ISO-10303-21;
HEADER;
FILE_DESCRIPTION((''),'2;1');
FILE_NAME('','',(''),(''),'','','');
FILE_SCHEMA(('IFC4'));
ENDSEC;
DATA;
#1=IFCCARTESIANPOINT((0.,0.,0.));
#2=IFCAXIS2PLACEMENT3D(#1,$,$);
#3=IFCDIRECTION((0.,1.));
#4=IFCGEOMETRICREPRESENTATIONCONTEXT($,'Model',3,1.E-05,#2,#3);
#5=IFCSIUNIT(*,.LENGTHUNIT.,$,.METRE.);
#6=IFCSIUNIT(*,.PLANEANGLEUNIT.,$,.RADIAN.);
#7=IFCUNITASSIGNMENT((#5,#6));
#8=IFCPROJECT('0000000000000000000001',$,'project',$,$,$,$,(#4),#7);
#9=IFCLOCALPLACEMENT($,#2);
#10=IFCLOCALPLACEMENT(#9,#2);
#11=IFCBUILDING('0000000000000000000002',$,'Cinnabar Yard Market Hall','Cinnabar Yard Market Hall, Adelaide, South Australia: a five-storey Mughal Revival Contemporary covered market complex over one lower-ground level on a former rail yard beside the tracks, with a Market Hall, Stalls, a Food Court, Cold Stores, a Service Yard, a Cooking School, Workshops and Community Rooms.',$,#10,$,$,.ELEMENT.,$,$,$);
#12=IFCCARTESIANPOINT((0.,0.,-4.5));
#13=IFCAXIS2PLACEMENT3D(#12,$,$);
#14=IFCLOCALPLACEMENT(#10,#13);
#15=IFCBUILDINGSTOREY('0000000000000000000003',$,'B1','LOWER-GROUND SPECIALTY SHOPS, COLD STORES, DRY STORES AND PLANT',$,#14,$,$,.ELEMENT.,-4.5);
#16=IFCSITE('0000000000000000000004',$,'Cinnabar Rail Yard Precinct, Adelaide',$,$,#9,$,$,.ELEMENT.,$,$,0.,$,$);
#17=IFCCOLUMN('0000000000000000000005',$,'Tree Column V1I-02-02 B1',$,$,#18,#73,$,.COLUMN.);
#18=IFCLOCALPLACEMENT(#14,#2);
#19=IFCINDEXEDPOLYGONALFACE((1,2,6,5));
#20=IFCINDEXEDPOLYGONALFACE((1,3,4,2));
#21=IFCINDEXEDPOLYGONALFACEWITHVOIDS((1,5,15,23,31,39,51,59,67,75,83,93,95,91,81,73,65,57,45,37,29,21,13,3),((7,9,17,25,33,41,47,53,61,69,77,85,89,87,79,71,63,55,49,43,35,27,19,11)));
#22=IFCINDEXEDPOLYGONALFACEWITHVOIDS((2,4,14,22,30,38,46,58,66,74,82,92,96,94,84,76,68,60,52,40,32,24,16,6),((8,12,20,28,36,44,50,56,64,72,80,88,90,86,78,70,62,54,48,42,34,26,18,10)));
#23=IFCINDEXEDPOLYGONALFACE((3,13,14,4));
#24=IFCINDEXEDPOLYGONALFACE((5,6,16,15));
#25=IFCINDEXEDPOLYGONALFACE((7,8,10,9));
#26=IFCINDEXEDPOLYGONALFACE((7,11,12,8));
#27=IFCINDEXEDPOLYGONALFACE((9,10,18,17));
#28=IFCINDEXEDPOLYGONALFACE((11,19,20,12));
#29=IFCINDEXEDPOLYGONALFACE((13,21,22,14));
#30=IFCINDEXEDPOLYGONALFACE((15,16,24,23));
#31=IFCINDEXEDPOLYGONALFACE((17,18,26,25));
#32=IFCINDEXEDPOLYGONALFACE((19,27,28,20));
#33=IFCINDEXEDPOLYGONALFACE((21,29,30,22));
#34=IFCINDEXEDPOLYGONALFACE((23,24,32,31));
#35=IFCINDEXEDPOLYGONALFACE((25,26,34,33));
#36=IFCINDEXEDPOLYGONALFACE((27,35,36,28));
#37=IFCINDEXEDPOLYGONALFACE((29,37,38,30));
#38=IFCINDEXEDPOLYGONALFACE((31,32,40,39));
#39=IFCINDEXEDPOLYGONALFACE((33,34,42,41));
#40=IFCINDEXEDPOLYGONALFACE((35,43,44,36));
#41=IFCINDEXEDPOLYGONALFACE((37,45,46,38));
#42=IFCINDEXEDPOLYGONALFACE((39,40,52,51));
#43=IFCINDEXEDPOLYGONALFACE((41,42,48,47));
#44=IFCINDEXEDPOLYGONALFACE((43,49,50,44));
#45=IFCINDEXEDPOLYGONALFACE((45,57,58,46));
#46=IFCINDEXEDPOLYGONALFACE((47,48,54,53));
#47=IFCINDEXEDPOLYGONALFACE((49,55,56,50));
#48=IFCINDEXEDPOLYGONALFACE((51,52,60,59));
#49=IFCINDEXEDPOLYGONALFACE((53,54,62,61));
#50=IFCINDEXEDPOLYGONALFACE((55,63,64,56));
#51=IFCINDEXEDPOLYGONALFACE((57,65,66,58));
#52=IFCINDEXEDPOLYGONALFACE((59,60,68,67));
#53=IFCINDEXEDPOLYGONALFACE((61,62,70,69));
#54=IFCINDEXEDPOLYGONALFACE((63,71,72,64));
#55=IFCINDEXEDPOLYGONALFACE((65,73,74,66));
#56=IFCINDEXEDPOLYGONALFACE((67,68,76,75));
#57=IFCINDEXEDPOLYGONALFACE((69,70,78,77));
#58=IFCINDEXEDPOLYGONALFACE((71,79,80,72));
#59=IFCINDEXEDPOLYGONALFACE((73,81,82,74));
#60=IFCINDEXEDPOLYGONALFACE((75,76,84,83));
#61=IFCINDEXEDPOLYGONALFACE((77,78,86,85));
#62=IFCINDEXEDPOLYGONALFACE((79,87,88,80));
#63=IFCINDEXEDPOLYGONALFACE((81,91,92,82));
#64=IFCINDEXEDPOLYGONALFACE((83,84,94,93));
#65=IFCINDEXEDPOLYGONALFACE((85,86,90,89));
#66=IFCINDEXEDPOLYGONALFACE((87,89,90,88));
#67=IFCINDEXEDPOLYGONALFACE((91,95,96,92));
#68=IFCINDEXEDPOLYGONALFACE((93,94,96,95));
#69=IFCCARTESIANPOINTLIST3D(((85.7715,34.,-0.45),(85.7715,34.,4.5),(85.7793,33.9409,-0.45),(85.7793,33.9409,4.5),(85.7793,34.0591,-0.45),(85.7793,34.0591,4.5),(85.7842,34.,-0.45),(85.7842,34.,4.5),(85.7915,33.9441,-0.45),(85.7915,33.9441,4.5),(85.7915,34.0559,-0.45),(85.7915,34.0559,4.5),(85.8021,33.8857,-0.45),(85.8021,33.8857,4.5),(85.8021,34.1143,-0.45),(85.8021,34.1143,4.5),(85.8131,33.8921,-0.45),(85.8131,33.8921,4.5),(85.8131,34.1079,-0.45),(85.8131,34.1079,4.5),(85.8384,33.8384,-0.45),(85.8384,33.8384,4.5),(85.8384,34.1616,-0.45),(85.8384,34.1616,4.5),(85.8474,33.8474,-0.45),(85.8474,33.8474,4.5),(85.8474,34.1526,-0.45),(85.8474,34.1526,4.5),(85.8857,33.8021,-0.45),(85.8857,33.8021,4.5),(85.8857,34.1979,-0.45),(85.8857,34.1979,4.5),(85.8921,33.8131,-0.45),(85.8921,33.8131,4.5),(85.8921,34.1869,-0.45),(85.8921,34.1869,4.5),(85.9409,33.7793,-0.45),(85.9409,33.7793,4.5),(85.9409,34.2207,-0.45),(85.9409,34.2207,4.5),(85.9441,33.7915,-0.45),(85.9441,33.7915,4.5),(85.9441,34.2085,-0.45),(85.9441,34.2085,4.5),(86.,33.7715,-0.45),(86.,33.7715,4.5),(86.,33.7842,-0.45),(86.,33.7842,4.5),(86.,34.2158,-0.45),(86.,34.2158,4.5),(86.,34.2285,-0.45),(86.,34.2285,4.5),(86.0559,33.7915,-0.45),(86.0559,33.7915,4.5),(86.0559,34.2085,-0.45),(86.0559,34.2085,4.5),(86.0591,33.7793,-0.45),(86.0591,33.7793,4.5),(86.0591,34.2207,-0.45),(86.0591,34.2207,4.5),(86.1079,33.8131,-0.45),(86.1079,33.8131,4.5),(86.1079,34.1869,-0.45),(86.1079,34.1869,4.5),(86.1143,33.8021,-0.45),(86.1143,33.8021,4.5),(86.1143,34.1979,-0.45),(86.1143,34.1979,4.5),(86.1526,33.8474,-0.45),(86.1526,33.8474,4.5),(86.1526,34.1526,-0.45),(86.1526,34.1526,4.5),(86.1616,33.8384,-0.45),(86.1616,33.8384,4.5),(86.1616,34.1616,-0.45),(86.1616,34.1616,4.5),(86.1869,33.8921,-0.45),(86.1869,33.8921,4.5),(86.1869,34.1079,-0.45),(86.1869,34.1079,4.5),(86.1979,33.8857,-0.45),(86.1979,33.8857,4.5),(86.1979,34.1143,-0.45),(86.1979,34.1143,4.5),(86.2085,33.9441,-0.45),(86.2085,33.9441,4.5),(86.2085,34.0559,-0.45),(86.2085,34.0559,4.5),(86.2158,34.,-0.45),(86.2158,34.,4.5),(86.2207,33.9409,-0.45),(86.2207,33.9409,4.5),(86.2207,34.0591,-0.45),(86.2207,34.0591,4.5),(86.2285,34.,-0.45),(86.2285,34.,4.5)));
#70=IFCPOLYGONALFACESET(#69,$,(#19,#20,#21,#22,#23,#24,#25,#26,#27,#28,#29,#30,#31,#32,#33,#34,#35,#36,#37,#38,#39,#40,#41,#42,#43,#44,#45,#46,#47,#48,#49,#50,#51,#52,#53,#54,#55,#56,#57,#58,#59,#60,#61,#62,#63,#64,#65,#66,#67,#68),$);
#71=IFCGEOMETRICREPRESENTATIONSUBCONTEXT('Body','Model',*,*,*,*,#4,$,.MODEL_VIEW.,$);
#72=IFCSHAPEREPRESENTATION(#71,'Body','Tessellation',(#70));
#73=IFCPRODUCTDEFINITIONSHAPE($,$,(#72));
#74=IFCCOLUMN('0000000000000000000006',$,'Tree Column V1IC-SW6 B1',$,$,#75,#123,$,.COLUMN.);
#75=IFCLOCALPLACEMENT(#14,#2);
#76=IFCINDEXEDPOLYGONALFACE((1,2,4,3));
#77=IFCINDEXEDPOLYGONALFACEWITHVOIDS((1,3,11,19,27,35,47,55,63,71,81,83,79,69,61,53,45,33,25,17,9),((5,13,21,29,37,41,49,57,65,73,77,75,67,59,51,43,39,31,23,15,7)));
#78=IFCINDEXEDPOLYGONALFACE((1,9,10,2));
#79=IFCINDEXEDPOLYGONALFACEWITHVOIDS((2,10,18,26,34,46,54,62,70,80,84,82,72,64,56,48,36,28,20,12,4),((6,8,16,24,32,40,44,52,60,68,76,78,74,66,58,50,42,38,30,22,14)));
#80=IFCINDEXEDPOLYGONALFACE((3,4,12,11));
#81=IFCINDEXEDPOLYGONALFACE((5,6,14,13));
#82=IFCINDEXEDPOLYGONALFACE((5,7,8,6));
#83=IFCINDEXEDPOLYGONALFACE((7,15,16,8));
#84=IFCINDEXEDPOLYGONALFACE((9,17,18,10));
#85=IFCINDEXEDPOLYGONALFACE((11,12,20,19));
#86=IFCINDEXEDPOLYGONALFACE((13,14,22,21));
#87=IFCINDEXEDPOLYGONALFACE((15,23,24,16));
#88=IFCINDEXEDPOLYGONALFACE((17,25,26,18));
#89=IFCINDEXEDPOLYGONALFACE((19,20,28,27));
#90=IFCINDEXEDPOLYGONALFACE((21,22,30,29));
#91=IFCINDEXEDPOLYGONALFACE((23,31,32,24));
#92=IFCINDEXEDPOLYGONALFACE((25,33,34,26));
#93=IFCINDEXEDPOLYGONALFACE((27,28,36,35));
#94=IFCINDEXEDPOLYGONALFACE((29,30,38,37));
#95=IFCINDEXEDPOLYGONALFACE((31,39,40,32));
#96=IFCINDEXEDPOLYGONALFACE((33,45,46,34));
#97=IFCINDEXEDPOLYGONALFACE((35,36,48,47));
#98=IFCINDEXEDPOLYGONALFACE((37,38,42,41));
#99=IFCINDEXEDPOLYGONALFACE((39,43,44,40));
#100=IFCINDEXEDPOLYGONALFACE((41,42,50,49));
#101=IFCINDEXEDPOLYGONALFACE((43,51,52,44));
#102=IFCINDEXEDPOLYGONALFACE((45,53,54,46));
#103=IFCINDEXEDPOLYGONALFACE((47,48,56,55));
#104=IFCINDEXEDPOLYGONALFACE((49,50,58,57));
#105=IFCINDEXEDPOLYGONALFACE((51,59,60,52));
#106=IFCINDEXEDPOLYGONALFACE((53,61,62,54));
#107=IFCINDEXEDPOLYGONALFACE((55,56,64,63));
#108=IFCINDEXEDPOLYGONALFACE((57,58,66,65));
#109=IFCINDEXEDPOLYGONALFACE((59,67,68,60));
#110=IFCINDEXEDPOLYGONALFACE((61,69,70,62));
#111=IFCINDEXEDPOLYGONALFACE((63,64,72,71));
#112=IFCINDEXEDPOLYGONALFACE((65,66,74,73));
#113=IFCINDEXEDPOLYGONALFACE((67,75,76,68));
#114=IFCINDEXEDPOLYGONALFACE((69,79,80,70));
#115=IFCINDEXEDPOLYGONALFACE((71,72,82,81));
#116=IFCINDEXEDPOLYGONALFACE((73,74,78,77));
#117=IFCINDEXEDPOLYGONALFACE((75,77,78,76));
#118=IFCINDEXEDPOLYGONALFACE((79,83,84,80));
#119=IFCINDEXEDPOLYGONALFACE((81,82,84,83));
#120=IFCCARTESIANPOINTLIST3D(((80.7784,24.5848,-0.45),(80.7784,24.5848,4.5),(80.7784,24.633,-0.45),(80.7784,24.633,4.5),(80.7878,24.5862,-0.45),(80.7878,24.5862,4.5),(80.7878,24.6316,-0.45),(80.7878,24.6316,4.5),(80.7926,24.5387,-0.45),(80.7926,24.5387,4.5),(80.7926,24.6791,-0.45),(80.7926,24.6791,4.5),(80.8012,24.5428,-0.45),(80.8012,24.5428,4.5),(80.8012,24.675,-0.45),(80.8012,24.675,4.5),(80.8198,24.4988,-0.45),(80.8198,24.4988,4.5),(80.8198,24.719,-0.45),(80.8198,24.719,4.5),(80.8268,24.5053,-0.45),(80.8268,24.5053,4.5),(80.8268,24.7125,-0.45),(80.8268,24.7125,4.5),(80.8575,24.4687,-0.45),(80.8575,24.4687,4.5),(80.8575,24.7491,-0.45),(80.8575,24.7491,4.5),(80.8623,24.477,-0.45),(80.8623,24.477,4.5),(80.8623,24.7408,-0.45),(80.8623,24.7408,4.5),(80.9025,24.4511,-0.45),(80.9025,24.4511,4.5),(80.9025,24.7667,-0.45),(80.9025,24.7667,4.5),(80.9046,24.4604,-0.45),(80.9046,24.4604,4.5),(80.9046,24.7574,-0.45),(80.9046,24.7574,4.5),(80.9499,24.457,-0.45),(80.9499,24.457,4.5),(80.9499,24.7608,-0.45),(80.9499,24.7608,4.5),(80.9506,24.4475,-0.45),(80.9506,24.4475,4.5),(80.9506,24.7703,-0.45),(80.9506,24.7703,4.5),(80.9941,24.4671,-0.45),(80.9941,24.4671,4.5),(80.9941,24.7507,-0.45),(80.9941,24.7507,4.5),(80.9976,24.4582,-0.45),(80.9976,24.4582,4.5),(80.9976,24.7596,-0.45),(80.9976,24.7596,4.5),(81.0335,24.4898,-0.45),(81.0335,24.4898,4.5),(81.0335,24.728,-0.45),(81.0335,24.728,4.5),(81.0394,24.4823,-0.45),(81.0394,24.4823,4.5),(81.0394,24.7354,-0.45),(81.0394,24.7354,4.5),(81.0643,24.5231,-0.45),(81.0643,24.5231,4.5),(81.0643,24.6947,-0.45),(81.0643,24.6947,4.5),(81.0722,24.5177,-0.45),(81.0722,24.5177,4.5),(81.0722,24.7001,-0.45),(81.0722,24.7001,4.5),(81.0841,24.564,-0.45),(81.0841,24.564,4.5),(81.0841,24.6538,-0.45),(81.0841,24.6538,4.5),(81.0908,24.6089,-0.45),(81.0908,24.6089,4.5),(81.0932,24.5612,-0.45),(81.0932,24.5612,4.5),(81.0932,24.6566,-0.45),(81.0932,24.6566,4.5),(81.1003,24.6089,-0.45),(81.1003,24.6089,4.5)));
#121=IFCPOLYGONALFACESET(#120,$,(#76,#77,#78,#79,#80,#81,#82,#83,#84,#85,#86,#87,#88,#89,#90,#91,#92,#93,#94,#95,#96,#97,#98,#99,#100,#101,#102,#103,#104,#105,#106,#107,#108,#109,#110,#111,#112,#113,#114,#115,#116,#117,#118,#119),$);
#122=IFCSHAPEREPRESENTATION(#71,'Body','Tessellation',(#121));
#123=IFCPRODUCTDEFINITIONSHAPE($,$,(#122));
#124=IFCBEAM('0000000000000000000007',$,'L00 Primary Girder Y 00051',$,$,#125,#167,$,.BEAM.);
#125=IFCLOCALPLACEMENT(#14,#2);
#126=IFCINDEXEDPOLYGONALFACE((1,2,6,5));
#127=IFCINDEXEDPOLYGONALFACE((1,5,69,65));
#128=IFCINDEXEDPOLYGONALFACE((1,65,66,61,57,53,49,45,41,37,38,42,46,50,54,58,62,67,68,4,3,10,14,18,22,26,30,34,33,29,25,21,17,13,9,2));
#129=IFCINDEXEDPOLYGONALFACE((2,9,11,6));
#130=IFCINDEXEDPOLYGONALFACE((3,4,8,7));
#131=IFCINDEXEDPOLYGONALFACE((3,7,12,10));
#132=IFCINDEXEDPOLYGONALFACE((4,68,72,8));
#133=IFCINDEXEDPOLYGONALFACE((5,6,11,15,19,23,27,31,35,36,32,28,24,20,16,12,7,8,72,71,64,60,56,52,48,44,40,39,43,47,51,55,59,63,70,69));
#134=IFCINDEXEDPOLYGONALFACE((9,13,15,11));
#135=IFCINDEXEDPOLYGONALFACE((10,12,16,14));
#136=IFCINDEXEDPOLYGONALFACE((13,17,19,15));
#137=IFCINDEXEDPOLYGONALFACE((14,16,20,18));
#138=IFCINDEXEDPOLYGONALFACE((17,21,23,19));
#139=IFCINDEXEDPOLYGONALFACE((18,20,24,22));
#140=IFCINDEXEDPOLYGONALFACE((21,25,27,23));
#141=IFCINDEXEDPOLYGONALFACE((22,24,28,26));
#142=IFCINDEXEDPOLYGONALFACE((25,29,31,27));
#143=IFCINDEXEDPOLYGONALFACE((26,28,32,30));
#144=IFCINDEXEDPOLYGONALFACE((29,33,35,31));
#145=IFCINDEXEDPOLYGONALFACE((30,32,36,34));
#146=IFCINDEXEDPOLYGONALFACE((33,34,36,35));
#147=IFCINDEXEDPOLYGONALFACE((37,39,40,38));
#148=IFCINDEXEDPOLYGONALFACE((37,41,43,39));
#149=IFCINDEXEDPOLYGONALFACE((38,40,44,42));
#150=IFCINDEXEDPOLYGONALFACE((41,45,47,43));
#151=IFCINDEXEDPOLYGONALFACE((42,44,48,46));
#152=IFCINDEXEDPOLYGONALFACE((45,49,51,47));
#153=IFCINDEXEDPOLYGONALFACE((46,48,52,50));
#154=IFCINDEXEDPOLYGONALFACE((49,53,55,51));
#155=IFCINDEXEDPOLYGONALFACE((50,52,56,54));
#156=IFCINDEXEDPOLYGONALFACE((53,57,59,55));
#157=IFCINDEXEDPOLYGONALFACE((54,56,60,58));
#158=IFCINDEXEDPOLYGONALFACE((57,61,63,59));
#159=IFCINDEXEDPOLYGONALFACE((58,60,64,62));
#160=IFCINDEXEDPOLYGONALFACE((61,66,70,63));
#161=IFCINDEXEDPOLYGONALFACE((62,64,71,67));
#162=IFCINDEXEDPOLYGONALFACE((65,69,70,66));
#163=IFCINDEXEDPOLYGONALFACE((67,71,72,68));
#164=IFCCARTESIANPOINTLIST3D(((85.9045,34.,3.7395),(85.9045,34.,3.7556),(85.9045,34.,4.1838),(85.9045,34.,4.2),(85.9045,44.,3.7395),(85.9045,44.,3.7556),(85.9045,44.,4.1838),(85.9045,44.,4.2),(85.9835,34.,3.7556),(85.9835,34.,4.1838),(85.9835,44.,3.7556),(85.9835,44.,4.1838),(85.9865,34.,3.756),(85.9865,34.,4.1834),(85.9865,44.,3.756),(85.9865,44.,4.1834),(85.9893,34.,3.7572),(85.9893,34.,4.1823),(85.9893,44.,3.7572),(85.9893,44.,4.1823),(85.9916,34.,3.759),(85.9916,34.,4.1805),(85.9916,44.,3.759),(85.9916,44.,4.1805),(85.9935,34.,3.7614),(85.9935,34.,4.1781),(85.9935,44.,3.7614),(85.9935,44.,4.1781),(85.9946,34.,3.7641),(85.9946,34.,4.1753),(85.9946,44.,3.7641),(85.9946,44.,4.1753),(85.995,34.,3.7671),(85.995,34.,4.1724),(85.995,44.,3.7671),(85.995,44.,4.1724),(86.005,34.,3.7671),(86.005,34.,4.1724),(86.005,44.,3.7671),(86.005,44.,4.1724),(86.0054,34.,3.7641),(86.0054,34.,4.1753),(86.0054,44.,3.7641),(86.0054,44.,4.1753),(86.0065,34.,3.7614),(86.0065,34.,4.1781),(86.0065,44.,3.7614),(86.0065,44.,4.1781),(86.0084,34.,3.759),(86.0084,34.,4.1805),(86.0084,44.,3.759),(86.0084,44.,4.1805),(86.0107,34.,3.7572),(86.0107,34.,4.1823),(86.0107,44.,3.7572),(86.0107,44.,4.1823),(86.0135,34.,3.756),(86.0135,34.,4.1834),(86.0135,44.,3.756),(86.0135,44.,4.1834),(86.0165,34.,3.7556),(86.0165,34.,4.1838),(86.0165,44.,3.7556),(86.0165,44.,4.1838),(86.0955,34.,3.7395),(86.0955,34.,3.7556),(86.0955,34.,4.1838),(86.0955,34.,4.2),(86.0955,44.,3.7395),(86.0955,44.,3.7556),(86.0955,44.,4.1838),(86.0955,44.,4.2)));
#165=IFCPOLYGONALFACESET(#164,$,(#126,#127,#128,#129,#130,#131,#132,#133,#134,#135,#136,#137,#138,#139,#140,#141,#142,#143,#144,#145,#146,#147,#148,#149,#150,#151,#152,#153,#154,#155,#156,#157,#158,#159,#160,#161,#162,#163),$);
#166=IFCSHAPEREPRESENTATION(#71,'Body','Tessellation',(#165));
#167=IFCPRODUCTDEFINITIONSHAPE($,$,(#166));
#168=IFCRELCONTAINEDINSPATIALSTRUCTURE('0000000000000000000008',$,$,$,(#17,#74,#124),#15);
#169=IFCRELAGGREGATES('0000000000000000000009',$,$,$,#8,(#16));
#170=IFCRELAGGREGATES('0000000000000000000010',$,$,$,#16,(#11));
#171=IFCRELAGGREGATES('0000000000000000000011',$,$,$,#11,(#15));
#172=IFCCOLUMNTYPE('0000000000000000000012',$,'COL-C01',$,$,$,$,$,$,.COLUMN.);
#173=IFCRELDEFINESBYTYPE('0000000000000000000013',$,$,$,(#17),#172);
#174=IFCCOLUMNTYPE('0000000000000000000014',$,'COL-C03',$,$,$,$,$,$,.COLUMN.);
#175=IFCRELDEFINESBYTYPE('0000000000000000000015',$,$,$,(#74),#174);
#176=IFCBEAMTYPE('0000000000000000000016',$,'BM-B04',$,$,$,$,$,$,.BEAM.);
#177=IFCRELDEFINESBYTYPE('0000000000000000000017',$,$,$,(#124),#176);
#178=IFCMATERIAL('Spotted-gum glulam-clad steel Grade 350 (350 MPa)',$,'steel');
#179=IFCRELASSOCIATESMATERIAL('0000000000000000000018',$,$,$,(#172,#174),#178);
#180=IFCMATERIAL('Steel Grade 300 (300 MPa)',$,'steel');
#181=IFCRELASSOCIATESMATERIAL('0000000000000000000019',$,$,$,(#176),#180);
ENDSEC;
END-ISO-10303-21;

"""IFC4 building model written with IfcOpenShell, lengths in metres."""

from ifc_helpers import new_model, si_unit, direction, frame, origin, origin_2d_with_axis, place, context, subcontext, project, spatial, hollow_circle, i_section, extrude, material, material_profile, profile_set, type_object, element, save


model = new_model("IFC4")

# Units and contexts
model_context = context("Model", 3, precision=1e-05, world=origin(), true_north=direction((0.0, 1.0)))
body_context = subcontext(model_context, "Body", "Model", "MODEL_VIEW")
ifc_project = project(units=[si_unit("LENGTHUNIT", "METRE"), si_unit("PLANEANGLEUNIT", "RADIAN")], contexts=[model_context])

# Site, building, storey
site_placement = place(None, origin())
site = spatial("IfcSite", under=ifc_project, at=site_placement, Name="Cinnabar Rail Yard Precinct, Adelaide", CompositionType="ELEMENT", RefElevation=0.0)
building_placement = place(site_placement, origin())
building = spatial("IfcBuilding", under=site, at=building_placement, Name="Cinnabar Yard Market Hall", Description="Cinnabar Yard Market Hall, Adelaide, South Australia: a five-storey Mughal Revival Contemporary covered market complex over one lower-ground level on a former rail yard beside the tracks, with a Market Hall, Stalls, a Food Court, Cold Stores, a Service Yard, a Cooking School, Workshops and Community Rooms.", CompositionType="ELEMENT")
storey_placement = place(building_placement, frame((0.0, 0.0, -4.5)))
storey = spatial("IfcBuildingStorey", under=building, at=storey_placement, Name="B1", Description="LOWER-GROUND SPECIALTY SHOPS, COLD STORES, DRY STORES AND PLANT", CompositionType="ELEMENT", Elevation=-4.5)

# Columns
ifc_material_1 = material(Name="Spotted-gum glulam-clad steel Grade 350 (350 MPa)", Category="steel")
ifc_material_profile_1 = material_profile(ifc_material_1, hollow_circle(Radius=0.2285, WallThickness=0.0127, at=origin_2d_with_axis()), Name="457.0x12.7CHS")
ifc_profile_set_1 = profile_set([ifc_material_profile_1], Name="Spotted-gum glulam-clad steel Grade 350 (350 MPa)")
column_type_1 = type_object("IfcColumnType", Name="COL-C01", PredefinedType="COLUMN", material=ifc_profile_set_1)
column_1_placement = place(storey_placement, frame((86.0, 34.0, -0.45), z_axis=(0.0, 0.0, 1.0), x_axis=(1.0, 0.0, 0.0)))
element("IfcColumn", 1, at=column_1_placement, inside=storey, type_object=column_type_1, Name="Tree Column V1I-02-02 B1", PredefinedType="COLUMN", context=body_context, shape_type="SweptSolid", body=[
    extrude(hollow_circle(Radius=0.2285, WallThickness=0.0127, at=origin_2d_with_axis()), origin(), (0.0, 0.0, 1.0), 4.95),
])
ifc_material_profile_2 = material_profile(ifc_material_1, hollow_circle(Radius=0.1619, WallThickness=0.0095, at=origin_2d_with_axis()), Name="323.9x9.5CHS")
ifc_profile_set_2 = profile_set([ifc_material_profile_2], Name="Spotted-gum glulam-clad steel Grade 350 (350 MPa)")
column_type_2 = type_object("IfcColumnType", Name="COL-C03", PredefinedType="COLUMN", material=ifc_profile_set_2)
column_2_placement = place(storey_placement, frame((80.9385, 24.6089, -0.45), z_axis=(0.0, 0.0, 1.0), x_axis=(1.0, 0.0, 0.0)))
element("IfcColumn", 2, at=column_2_placement, inside=storey, type_object=column_type_2, Name="Tree Column V1IC-SW6 B1", PredefinedType="COLUMN", context=body_context, shape_type="SweptSolid", body=[
    extrude(hollow_circle(Radius=0.1619, WallThickness=0.0095, at=origin_2d_with_axis()), origin(), (0.0, 0.0, 1.0), 4.95),
])

# Beam
ifc_material_2 = material(Name="Steel Grade 300 (300 MPa)", Category="steel")
ifc_material_profile_3 = material_profile(ifc_material_2, i_section(OverallWidth=0.1909, OverallDepth=0.4604, WebThickness=0.01, FlangeThickness=0.0161, FilletRadius=0.0115, at=origin_2d_with_axis()), Name="460UB82.1")
ifc_profile_set_3 = profile_set([ifc_material_profile_3], Name="Steel Grade 300 (300 MPa)")
beam_type_1 = type_object("IfcBeamType", Name="BM-B04", PredefinedType="BEAM", material=ifc_profile_set_3)
beam_1_placement = place(storey_placement, frame((86.0, 34.0, 3.9697), z_axis=(0.0, 1.0, 0.0), x_axis=(-1.0, 0.0, 0.0)))
element("IfcBeam", 3, at=beam_1_placement, inside=storey, type_object=beam_type_1, Name="L00 Primary Girder Y 00051", PredefinedType="BEAM", context=body_context, shape_type="SweptSolid", body=[
    extrude(i_section(OverallWidth=0.1909, OverallDepth=0.4604, WebThickness=0.01, FlangeThickness=0.0161, FilletRadius=0.0115, at=origin_2d_with_axis()), origin(), (0.0, 0.0, 1.0), 10.0),
])

save(model, "model.ifc")
